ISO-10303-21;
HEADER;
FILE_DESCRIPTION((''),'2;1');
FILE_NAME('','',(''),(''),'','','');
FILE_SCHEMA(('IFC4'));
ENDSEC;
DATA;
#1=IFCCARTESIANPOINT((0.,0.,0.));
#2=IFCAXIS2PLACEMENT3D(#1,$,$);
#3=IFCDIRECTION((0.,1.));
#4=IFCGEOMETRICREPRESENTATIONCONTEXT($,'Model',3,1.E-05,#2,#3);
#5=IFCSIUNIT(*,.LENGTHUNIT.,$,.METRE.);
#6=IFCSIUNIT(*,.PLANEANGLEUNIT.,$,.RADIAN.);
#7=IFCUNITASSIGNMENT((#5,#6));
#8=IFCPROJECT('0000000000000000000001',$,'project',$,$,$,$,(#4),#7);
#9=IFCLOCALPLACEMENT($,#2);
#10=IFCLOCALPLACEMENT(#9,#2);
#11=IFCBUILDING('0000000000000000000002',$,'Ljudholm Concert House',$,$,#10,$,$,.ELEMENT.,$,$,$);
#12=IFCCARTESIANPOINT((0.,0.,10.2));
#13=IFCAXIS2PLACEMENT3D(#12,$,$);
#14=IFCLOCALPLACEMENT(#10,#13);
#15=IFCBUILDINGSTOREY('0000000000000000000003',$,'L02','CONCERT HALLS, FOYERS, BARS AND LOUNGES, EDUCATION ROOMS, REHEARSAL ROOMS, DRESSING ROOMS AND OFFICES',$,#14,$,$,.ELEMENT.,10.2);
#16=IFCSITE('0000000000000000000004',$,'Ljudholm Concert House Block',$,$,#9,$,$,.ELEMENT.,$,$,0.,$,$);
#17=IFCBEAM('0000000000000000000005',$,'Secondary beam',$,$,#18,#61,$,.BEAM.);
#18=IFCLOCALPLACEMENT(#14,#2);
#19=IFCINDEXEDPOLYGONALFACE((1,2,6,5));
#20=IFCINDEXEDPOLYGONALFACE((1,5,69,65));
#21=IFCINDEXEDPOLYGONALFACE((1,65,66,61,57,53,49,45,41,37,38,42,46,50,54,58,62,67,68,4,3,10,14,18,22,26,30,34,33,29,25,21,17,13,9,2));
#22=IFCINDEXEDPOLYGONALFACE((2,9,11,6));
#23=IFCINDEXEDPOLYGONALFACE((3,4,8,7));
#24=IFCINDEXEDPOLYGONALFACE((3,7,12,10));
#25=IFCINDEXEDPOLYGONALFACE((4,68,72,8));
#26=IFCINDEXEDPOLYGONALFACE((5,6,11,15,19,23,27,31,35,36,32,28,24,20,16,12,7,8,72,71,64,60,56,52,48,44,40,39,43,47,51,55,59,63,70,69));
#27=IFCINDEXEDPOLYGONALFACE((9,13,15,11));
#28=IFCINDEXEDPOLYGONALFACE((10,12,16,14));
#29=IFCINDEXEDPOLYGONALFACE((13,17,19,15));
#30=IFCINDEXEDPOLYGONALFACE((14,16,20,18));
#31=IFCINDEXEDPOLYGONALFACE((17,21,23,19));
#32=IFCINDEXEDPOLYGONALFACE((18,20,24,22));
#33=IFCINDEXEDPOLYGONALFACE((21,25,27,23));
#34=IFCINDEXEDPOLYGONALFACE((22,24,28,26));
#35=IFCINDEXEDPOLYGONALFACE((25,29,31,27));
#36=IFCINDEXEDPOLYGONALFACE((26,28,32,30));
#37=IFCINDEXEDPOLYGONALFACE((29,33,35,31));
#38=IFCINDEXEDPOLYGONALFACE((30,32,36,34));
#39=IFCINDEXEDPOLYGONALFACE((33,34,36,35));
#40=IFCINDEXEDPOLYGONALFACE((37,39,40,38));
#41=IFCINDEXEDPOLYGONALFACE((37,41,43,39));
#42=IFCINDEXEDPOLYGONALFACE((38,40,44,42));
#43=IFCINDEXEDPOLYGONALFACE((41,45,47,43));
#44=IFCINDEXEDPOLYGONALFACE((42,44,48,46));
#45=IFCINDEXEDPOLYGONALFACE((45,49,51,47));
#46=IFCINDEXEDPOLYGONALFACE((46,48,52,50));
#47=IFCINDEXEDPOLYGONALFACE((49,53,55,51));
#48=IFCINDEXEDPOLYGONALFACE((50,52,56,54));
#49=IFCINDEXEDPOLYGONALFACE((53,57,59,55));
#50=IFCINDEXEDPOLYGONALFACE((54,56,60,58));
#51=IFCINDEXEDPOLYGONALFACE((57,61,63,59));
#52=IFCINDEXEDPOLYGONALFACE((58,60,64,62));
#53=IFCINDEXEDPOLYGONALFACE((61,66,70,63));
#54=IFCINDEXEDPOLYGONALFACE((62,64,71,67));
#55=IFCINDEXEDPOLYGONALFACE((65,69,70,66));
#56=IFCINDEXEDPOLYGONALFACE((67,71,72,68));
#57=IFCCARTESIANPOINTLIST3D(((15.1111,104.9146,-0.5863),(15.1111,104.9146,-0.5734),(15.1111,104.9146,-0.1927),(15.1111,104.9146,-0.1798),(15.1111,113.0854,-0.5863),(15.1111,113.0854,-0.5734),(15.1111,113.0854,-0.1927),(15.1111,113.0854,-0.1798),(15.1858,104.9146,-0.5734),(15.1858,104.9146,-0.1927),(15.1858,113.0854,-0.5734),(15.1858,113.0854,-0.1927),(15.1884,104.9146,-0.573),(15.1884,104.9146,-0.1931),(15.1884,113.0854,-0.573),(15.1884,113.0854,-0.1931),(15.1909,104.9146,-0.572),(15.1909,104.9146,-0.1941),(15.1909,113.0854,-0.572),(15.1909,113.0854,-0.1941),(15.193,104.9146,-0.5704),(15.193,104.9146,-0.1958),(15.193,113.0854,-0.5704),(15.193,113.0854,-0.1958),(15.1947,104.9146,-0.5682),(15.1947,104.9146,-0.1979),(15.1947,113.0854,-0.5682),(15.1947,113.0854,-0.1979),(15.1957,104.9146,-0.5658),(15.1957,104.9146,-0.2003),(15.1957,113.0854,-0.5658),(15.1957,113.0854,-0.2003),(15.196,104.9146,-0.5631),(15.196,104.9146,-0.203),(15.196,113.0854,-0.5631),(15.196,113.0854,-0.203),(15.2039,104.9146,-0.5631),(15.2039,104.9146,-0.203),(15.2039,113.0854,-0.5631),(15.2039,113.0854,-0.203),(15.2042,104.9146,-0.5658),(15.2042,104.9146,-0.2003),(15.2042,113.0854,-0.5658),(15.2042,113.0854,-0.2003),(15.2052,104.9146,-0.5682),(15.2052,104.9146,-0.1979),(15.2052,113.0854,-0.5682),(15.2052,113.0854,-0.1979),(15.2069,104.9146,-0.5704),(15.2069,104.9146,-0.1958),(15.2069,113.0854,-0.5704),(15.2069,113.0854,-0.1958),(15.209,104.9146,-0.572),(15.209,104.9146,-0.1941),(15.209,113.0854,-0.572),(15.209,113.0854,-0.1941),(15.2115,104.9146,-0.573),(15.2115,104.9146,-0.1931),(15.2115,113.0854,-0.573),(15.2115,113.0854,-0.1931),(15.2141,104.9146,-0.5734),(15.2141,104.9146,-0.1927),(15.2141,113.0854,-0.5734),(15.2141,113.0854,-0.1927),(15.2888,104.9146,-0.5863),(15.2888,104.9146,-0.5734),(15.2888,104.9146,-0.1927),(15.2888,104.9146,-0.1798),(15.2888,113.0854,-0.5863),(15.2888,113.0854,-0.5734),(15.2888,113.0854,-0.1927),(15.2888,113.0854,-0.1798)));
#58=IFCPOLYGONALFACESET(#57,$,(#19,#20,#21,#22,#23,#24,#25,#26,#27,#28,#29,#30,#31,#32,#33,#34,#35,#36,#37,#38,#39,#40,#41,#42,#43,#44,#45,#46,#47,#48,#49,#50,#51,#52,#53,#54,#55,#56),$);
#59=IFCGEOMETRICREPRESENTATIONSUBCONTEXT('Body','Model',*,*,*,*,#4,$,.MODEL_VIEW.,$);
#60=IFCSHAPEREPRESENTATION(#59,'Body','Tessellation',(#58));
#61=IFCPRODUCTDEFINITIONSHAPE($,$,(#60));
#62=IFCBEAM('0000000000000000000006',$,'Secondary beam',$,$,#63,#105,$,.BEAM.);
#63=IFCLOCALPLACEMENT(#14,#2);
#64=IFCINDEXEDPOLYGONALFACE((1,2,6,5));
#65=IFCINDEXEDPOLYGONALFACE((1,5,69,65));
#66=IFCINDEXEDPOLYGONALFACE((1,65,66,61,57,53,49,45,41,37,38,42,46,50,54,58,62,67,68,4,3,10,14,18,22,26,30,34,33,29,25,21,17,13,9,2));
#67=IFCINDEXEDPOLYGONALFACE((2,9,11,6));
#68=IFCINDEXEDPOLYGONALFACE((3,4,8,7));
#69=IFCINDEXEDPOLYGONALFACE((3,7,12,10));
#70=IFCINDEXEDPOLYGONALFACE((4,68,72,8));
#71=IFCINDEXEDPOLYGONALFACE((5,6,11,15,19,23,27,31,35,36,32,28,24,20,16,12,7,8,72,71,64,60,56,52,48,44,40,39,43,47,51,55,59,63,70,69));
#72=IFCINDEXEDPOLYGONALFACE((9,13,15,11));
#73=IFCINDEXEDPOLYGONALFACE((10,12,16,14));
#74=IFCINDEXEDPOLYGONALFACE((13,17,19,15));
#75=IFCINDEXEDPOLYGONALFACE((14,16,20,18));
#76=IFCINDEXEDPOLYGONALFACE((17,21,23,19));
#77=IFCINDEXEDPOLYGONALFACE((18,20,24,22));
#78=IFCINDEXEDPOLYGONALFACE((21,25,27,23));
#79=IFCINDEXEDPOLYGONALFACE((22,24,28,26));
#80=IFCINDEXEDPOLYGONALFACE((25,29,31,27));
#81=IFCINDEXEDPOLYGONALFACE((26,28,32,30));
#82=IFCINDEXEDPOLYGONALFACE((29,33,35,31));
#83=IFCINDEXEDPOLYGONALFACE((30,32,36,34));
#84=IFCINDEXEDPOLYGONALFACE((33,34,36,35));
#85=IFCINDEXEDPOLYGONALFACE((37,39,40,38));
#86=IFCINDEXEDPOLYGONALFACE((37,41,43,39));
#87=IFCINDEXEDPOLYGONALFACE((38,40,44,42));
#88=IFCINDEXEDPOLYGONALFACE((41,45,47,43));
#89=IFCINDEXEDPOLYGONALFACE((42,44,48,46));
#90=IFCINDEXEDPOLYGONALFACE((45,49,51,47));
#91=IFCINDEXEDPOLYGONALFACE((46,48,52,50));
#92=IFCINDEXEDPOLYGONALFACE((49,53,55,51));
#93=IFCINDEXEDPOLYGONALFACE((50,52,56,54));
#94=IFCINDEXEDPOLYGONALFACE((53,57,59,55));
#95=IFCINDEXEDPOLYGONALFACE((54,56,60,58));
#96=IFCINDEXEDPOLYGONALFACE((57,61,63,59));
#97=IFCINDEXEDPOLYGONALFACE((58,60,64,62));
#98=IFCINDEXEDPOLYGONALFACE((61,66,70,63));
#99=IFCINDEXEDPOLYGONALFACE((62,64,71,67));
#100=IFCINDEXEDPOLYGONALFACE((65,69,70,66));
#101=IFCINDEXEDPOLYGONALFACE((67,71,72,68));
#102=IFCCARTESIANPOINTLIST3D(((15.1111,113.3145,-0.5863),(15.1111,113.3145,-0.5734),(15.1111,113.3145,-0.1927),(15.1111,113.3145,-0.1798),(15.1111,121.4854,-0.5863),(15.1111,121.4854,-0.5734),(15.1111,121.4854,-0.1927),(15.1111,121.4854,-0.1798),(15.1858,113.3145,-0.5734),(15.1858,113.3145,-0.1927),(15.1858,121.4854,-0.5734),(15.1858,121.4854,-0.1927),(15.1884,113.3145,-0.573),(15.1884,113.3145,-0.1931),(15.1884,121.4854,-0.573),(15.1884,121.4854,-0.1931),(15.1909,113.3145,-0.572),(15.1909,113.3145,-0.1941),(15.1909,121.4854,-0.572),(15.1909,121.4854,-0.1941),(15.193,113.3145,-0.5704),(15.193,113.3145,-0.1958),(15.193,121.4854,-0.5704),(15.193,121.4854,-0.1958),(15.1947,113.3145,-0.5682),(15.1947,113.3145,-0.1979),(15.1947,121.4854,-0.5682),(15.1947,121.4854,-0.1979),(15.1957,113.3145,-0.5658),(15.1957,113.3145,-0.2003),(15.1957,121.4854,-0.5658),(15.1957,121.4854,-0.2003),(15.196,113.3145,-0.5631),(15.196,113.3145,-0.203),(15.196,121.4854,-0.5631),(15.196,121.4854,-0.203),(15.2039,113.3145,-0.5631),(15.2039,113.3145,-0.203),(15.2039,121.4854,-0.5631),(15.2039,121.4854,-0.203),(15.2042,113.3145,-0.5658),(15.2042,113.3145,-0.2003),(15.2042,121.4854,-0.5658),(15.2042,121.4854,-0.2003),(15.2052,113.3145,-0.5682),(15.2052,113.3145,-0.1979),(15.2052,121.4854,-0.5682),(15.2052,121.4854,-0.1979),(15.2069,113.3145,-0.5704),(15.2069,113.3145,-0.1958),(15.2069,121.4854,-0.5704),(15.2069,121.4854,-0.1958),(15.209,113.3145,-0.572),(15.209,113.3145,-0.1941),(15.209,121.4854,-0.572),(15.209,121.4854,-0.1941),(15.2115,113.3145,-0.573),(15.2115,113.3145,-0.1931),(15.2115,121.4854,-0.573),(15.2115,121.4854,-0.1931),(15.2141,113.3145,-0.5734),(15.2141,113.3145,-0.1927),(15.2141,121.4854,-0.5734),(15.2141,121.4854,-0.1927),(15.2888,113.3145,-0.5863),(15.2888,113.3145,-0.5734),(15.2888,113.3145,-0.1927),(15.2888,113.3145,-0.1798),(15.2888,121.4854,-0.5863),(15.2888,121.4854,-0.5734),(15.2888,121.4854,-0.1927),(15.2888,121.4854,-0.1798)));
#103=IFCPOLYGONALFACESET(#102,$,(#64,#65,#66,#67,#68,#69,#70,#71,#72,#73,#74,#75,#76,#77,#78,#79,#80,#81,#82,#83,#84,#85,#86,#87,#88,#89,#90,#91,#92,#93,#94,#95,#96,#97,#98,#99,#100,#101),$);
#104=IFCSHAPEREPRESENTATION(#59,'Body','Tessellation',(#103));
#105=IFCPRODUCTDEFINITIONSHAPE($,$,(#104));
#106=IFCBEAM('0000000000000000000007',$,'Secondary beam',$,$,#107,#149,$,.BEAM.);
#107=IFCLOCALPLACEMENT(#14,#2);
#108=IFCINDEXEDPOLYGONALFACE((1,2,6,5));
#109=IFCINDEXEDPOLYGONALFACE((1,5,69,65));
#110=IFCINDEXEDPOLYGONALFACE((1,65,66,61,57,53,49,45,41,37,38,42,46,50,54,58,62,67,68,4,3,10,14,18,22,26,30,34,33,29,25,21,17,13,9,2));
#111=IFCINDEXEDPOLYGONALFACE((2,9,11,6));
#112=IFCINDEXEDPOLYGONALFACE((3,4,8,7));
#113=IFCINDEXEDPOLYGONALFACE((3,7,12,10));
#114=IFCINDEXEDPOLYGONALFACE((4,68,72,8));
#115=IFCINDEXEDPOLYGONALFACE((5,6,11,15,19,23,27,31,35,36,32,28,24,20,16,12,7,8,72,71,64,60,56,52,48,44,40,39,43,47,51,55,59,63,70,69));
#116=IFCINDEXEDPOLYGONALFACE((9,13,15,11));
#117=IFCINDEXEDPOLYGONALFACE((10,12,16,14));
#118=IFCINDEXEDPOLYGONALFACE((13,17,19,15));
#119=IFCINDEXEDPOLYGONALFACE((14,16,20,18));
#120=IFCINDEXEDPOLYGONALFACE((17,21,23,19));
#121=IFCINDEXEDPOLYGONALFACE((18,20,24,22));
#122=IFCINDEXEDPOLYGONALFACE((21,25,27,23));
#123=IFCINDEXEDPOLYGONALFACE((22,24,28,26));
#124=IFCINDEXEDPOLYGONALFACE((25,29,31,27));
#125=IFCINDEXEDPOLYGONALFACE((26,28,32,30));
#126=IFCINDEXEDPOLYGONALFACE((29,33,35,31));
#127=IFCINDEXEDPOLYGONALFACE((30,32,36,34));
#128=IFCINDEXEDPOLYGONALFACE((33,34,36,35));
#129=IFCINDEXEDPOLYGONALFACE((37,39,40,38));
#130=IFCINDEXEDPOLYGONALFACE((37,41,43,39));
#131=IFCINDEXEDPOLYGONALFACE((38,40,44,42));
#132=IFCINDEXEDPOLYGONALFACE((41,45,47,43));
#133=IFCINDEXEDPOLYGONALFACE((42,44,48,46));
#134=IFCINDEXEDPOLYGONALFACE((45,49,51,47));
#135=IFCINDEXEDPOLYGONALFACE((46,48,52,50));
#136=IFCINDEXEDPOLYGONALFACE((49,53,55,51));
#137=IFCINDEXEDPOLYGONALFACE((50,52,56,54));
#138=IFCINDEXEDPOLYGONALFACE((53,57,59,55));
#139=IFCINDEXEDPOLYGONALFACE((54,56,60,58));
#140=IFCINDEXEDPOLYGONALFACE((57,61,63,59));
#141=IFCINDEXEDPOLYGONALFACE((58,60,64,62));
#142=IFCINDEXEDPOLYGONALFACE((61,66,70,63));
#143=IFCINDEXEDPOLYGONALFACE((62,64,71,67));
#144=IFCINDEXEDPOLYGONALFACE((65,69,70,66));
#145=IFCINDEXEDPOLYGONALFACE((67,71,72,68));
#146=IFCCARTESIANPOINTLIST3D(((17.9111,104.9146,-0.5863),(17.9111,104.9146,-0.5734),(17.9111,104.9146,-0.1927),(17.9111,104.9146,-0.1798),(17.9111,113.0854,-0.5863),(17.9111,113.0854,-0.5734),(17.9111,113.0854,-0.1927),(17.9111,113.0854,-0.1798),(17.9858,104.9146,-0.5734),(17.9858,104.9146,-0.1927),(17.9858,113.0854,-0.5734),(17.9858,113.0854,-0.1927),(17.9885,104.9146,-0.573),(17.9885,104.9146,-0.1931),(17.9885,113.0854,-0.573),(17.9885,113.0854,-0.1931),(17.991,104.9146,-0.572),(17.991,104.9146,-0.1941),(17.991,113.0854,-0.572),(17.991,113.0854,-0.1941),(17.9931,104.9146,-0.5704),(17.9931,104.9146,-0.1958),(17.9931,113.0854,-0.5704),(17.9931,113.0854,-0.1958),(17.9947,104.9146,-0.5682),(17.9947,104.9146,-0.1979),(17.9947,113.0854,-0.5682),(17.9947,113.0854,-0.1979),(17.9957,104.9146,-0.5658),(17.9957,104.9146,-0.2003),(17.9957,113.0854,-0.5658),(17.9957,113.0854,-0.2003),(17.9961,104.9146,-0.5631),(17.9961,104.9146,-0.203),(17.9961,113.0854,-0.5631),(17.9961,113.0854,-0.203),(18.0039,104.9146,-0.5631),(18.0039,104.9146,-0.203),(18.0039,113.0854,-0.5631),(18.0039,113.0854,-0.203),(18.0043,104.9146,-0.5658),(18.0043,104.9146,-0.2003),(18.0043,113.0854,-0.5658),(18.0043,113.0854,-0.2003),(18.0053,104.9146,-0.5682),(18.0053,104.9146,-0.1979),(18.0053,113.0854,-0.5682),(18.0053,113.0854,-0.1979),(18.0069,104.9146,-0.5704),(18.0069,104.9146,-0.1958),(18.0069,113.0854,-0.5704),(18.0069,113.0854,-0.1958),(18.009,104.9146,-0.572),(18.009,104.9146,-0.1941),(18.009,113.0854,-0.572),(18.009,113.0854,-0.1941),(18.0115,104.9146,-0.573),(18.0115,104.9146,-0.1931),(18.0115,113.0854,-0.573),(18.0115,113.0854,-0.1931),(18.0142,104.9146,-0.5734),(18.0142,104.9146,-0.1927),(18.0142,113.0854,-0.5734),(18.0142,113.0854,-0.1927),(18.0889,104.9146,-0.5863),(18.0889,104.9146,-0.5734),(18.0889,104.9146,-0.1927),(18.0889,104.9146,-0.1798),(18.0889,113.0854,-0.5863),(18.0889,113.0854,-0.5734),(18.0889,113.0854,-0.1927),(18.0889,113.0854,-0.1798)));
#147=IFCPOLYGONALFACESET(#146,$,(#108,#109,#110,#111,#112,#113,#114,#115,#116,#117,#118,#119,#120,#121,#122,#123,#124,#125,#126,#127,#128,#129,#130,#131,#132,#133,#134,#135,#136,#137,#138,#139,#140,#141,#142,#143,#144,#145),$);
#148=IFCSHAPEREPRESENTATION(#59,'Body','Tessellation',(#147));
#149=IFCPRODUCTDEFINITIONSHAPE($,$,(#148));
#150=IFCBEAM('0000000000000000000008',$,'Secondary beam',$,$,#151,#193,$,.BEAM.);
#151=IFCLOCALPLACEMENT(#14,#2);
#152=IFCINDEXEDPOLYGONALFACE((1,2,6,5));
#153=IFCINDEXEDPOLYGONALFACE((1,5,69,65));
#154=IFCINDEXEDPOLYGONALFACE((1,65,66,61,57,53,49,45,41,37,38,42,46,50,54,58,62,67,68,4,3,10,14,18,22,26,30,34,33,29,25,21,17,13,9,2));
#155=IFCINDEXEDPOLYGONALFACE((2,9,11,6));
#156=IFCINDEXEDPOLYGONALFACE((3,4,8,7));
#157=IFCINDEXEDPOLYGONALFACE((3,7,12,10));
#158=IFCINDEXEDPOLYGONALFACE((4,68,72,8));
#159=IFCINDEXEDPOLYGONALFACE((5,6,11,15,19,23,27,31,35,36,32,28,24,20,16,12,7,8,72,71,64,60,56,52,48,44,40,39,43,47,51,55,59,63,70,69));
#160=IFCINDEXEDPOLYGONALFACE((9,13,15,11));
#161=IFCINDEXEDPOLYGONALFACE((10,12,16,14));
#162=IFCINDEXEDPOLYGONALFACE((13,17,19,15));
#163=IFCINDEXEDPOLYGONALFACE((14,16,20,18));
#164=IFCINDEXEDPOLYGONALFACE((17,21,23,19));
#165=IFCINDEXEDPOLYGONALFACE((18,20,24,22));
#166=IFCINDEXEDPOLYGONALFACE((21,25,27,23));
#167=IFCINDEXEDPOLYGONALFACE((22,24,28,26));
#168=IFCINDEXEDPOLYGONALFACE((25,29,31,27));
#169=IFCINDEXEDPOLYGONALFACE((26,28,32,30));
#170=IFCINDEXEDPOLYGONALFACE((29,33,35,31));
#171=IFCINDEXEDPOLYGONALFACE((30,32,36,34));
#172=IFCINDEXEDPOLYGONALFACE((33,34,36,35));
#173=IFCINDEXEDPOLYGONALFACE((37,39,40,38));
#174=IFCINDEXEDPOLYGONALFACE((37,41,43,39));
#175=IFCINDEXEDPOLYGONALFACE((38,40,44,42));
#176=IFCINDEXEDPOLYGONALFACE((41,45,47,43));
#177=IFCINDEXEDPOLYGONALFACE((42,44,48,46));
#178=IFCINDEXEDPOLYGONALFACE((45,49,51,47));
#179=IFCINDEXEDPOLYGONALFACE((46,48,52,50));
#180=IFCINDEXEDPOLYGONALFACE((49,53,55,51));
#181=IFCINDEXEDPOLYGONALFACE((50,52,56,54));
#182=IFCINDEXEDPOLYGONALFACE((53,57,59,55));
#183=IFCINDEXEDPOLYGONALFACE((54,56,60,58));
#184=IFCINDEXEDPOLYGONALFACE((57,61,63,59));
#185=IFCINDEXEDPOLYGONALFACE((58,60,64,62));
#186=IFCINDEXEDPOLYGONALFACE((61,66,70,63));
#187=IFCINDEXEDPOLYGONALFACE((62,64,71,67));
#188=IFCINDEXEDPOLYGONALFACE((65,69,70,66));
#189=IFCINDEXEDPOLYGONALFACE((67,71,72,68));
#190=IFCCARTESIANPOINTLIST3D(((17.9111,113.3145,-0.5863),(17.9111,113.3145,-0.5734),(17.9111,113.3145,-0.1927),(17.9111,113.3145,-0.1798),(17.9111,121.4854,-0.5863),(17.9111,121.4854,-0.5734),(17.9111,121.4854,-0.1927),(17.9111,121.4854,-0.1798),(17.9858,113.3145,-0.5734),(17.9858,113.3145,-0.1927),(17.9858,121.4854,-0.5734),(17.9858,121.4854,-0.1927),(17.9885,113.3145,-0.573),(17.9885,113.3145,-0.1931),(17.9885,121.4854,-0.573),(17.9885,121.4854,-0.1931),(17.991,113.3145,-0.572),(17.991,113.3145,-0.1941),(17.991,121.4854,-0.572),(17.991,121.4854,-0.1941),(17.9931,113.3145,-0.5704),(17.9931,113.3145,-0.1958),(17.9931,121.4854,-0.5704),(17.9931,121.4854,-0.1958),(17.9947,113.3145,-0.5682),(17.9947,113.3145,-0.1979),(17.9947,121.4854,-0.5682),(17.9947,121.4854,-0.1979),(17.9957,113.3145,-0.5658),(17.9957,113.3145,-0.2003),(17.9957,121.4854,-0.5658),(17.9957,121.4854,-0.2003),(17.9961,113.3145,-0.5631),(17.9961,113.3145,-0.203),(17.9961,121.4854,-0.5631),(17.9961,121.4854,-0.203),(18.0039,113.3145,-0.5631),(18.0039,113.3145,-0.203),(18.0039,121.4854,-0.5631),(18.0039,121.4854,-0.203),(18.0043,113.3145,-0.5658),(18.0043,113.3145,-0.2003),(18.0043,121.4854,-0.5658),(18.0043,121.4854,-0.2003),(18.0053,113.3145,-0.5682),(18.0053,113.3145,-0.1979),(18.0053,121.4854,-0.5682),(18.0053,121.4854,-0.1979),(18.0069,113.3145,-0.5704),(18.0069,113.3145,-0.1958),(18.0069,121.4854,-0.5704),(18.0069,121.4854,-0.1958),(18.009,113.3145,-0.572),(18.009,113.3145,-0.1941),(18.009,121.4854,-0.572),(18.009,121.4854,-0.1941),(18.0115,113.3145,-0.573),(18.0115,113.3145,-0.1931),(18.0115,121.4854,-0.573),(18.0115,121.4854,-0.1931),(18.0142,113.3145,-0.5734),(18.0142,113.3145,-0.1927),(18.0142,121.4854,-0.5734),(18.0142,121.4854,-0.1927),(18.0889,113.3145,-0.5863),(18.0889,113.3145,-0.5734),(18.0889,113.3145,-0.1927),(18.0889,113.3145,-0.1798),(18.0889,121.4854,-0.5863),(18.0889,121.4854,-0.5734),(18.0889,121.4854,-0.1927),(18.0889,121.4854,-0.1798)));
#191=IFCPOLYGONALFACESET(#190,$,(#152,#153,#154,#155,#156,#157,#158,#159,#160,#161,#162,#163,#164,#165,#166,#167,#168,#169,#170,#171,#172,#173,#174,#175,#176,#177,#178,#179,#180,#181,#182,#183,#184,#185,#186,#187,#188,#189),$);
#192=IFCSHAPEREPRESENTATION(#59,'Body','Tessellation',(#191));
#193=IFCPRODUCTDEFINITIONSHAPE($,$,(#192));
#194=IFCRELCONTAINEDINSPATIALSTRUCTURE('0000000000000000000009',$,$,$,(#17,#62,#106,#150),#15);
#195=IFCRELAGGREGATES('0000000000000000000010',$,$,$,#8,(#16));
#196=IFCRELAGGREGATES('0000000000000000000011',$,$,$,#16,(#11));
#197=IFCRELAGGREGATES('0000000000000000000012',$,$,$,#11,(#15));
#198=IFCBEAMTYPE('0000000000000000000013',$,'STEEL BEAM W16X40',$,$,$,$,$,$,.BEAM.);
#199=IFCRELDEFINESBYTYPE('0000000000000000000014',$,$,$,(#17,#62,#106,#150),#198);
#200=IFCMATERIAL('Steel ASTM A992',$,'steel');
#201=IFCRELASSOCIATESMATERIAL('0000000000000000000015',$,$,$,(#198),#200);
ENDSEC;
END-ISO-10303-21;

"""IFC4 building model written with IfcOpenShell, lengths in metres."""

from ifc_helpers import new_model, si_unit, direction, frame, origin, origin_2d, place, context, subcontext, project, spatial, i_section, extrude, material, material_profile, profile_set, type_object, element, save


model = new_model("IFC4")

# Units and contexts
model_context = context("Model", 3, precision=1e-05, world=origin(), true_north=direction((0.0, 1.0)))
body_context = subcontext(model_context, "Body", "Model", "MODEL_VIEW")
ifc_project = project(units=[si_unit("LENGTHUNIT", "METRE"), si_unit("PLANEANGLEUNIT", "RADIAN")], contexts=[model_context])

# Site, building, storey
site_placement = place(None, origin())
site = spatial("IfcSite", under=ifc_project, at=site_placement, Name="Ljudholm Concert House Block", CompositionType="ELEMENT", RefElevation=0.0)
building_placement = place(site_placement, origin())
building = spatial("IfcBuilding", under=site, at=building_placement, Name="Ljudholm Concert House", CompositionType="ELEMENT")
storey_placement = place(building_placement, frame((0.0, 0.0, 10.2)))
storey = spatial("IfcBuildingStorey", under=building, at=storey_placement, Name="L02", Description="CONCERT HALLS, FOYERS, BARS AND LOUNGES, EDUCATION ROOMS, REHEARSAL ROOMS, DRESSING ROOMS AND OFFICES", CompositionType="ELEMENT", Elevation=10.2)

# Beams
ifc_material_1 = material(Name="Steel ASTM A992", Category="steel")
ifc_material_profile_1 = material_profile(ifc_material_1, i_section(OverallWidth=0.1777, OverallDepth=0.4065, WebThickness=0.0078, FlangeThickness=0.0129, FilletRadius=0.0103, at=origin_2d()), Name="W16X40")
ifc_profile_set_1 = profile_set([ifc_material_profile_1], Name="Steel ASTM A992")
beam_type_1 = type_object("IfcBeamType", Name="STEEL BEAM W16X40", PredefinedType="BEAM", material=ifc_profile_set_1)
for number, where, z_axis, x_axis, name in (
    (1, (15.2, 104.9146, -0.3831), (0.0, 1.0, 0.0), (-1.0, 0.0, 0.0), "Secondary beam"),
    (2, (15.2, 113.3145, -0.3831), (0.0, 1.0, 0.0), (-1.0, 0.0, 0.0), "Secondary beam"),
    (3, (18.0, 104.9146, -0.3831), (0.0, 1.0, 0.0), (-1.0, 0.0, 0.0), "Secondary beam"),
    (4, (18.0, 113.3145, -0.3831), (0.0, 1.0, 0.0), (-1.0, 0.0, 0.0), "Secondary beam"),
):
    element("IfcBeam", number, at=place(storey_placement, frame(where, z_axis=z_axis, x_axis=x_axis)), inside=storey, type_object=beam_type_1, Name=name, PredefinedType="BEAM", context=body_context, shape_type="SweptSolid", body=[
        extrude(i_section(OverallWidth=0.1777, OverallDepth=0.4065, WebThickness=0.0078, FlangeThickness=0.0129, FilletRadius=0.0103, at=origin_2d()), origin(), (0.0, 0.0, 1.0), 8.1709),
    ])

save(model, "model.ifc")
